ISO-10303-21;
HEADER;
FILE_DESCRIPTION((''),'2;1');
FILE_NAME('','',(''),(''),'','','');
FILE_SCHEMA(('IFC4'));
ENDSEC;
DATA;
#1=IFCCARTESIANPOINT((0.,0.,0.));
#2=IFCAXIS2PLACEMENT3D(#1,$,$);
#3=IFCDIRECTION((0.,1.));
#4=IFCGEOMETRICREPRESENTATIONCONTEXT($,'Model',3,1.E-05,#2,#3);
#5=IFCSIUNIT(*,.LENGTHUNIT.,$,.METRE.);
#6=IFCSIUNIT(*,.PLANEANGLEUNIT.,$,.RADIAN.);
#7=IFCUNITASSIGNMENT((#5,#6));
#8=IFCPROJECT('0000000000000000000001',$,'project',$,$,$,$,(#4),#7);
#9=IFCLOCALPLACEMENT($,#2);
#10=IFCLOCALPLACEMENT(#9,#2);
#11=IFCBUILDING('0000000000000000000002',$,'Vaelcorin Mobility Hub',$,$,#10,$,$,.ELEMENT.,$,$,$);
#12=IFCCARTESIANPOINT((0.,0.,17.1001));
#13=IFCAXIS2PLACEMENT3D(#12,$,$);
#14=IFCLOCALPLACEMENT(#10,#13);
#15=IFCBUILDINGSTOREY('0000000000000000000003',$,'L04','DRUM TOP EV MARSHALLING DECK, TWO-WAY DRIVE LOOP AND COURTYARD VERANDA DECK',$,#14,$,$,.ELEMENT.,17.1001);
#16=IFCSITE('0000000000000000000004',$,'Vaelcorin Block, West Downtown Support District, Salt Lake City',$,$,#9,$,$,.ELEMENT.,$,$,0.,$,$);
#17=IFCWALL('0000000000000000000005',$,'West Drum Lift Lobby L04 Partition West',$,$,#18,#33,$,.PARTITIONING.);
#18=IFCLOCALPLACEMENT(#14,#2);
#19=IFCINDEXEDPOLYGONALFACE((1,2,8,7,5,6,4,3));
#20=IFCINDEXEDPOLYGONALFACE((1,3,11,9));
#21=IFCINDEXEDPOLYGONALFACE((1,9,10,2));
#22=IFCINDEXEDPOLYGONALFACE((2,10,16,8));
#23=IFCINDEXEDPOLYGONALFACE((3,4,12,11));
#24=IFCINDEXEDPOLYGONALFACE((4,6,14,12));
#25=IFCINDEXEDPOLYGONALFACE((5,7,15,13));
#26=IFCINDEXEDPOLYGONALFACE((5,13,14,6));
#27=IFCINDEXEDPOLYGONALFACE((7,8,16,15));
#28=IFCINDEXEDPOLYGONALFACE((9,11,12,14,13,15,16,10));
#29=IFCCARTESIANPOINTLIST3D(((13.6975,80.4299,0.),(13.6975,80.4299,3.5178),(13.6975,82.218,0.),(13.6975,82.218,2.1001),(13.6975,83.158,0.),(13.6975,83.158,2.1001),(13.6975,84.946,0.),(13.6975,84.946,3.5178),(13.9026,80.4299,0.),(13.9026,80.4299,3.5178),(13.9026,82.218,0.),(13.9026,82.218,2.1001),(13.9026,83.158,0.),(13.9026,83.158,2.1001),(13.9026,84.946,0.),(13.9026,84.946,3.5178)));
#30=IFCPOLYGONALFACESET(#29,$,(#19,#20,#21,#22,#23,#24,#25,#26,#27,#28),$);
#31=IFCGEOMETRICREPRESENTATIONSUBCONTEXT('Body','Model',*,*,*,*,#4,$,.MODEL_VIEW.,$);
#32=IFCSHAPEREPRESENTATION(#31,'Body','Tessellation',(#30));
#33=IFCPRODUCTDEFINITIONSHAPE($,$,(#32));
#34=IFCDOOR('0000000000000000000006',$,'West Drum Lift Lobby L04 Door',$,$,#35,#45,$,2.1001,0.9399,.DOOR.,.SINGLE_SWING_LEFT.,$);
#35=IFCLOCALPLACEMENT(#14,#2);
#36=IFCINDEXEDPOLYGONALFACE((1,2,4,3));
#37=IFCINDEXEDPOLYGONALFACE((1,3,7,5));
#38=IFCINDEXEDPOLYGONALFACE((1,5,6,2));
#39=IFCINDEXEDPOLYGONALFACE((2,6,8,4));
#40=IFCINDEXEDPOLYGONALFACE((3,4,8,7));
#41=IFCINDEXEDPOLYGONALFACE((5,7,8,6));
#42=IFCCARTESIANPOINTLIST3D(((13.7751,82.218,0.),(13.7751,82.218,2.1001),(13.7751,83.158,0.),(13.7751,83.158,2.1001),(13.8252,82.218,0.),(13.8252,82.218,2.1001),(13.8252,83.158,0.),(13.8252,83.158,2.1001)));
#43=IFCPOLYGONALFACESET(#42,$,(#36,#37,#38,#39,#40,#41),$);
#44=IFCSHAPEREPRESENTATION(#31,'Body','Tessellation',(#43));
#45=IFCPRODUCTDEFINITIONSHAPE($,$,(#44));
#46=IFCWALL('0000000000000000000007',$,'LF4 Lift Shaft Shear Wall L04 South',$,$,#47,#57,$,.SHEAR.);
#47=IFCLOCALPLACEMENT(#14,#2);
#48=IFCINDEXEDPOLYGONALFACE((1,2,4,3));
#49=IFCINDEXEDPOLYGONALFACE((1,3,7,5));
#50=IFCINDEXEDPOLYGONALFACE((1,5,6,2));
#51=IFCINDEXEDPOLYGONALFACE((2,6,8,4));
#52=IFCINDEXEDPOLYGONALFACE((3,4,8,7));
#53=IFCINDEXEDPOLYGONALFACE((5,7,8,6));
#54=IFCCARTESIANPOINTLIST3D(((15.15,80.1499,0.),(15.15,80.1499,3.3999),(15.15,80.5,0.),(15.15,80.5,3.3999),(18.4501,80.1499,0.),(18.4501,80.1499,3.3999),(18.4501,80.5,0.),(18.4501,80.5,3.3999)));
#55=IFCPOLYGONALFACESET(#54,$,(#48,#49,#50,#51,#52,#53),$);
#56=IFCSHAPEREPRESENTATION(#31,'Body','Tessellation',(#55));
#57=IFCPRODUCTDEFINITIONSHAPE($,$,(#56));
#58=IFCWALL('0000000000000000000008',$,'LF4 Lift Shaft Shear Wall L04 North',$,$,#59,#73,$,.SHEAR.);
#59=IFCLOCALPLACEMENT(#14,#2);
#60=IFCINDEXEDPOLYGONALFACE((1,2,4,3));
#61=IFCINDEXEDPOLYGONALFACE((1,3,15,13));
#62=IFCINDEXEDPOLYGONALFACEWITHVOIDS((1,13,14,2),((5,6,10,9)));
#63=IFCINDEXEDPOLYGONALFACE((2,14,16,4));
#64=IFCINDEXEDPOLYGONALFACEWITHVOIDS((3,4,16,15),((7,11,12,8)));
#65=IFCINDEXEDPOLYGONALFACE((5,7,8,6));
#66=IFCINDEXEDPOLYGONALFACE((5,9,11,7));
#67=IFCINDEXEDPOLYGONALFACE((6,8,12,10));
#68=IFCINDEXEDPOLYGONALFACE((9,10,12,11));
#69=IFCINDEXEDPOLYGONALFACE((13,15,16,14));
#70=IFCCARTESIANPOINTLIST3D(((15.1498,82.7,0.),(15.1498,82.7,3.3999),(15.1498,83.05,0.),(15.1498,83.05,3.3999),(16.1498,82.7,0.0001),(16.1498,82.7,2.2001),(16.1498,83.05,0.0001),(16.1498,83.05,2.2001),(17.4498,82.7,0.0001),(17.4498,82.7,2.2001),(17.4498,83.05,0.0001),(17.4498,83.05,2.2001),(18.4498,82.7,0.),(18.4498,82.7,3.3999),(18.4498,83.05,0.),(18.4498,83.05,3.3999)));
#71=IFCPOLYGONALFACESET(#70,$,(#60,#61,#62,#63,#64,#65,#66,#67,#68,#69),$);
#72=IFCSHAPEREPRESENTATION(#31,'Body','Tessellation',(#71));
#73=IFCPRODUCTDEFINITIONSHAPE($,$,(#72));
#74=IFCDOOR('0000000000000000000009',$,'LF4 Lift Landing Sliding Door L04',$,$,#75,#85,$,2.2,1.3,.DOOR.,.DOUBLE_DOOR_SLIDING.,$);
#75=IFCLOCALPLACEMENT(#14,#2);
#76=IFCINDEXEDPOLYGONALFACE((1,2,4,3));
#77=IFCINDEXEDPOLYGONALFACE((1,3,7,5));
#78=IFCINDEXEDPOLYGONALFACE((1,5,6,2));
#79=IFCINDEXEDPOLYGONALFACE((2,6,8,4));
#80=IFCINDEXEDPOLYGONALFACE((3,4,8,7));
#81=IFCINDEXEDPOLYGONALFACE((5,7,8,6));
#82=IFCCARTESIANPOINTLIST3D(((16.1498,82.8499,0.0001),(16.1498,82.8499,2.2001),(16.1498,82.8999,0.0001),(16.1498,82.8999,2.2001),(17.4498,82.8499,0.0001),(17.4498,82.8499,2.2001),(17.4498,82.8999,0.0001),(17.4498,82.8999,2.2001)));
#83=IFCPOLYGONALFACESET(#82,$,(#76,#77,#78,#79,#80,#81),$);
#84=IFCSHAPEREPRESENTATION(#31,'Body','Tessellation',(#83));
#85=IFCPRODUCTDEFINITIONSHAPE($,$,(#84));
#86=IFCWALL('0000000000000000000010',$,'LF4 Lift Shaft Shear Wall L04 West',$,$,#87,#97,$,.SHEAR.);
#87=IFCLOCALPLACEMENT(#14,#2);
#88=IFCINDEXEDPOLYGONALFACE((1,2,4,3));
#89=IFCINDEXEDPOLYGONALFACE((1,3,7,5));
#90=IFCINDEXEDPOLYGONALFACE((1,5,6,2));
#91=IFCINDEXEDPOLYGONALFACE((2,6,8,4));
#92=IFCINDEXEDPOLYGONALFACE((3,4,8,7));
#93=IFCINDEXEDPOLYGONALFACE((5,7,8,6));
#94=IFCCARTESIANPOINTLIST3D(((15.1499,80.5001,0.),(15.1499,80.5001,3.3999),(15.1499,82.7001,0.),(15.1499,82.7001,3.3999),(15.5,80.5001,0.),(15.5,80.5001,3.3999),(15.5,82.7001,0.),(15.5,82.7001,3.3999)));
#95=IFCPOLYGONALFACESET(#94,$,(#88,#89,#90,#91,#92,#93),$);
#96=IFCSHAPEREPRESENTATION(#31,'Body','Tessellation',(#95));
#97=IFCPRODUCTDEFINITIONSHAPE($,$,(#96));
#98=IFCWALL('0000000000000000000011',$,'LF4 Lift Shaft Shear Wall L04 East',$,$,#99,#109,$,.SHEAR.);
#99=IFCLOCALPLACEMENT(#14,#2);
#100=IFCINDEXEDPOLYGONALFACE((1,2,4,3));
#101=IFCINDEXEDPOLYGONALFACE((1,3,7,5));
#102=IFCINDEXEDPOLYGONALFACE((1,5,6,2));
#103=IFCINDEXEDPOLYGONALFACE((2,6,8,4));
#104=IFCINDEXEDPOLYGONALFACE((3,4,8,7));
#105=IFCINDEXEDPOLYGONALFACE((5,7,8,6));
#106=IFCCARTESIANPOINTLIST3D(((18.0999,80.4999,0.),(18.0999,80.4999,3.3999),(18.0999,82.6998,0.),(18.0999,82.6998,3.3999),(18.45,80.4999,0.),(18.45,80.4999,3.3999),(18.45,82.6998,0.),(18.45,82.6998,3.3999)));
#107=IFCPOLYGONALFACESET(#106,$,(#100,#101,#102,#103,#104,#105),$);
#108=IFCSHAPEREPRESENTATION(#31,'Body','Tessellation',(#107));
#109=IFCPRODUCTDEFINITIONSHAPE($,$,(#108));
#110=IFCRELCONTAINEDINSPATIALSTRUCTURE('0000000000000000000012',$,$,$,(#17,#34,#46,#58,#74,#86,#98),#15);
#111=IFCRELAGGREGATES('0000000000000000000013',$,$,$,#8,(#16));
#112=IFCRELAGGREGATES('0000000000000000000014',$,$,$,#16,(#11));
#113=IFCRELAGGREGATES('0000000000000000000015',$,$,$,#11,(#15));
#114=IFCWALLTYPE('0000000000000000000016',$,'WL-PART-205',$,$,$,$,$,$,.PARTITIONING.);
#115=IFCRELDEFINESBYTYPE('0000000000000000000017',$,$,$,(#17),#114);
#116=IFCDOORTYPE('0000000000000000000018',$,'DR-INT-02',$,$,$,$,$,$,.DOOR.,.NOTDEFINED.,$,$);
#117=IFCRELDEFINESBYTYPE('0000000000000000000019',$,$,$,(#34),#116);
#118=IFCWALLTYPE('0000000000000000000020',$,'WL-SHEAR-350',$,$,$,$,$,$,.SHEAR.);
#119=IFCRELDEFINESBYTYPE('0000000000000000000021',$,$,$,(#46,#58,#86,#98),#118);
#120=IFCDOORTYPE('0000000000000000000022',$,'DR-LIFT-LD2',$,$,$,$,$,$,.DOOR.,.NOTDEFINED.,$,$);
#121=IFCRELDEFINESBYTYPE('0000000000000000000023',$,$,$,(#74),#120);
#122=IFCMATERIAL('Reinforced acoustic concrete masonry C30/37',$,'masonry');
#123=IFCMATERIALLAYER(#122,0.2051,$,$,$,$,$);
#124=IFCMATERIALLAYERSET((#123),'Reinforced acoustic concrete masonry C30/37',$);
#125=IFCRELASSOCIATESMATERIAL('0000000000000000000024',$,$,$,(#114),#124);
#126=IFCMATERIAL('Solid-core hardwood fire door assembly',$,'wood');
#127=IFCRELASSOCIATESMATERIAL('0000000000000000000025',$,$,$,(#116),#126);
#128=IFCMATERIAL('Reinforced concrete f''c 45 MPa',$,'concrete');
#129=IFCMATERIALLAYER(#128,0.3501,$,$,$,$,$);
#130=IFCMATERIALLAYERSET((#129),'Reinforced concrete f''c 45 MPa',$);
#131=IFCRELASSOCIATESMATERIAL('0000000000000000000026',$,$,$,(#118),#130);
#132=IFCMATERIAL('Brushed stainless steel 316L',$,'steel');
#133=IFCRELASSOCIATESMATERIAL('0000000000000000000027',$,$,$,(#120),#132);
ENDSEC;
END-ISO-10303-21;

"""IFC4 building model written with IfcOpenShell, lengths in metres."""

from ifc_helpers import new_model, si_unit, direction, frame, frame_2d, origin, place, context, subcontext, project, spatial, rectangle, extrude, material, layer, layer_set, type_object, element, fill, save


model = new_model("IFC4")

# Units and contexts
model_context = context("Model", 3, precision=1e-05, world=origin(), true_north=direction((0.0, 1.0)))
body_context = subcontext(model_context, "Body", "Model", "MODEL_VIEW")
ifc_project = project(units=[si_unit("LENGTHUNIT", "METRE"), si_unit("PLANEANGLEUNIT", "RADIAN")], contexts=[model_context])

# Site, building, storey
site_placement = place(None, origin())
site = spatial("IfcSite", under=ifc_project, at=site_placement, Name="Vaelcorin Block, West Downtown Support District, Salt Lake City", CompositionType="ELEMENT", RefElevation=0.0)
building_placement = place(site_placement, origin())
building = spatial("IfcBuilding", under=site, at=building_placement, Name="Vaelcorin Mobility Hub", CompositionType="ELEMENT")
storey_placement = place(building_placement, frame((0.0, 0.0, 17.1001)))
storey = spatial("IfcBuildingStorey", under=building, at=storey_placement, Name="L04", Description="DRUM TOP EV MARSHALLING DECK, TWO-WAY DRIVE LOOP AND COURTYARD VERANDA DECK", CompositionType="ELEMENT", Elevation=17.1001)

# Shared definitions
ifc_material_1 = material(Name="Reinforced concrete f'c 45 MPa", Category="concrete")
ifc_material_2 = material(Name="Reinforced acoustic concrete masonry C30/37", Category="masonry")
ifc_layer_1 = layer(ifc_material_2, 0.2051)
ifc_layer_set_1 = layer_set([ifc_layer_1], Name="Reinforced acoustic concrete masonry C30/37")
wall_type_1 = type_object("IfcWallType", Name="WL-PART-205", PredefinedType="PARTITIONING", material=ifc_layer_set_1)

# Wall, opening, door
wall_1_placement = place(storey_placement, frame((13.8, 80.4299, 0.0), z_axis=(0.0, 0.0, 1.0), x_axis=(0.0, 1.0, 0.0)))
wall_1 = element("IfcWall", 1, at=wall_1_placement, inside=storey, type_object=wall_type_1, Name="West Drum Lift Lobby L04 Partition West", PredefinedType="PARTITIONING", context=body_context, shape_type="SweptSolid", body=[
    extrude(rectangle(XDim=4.5161, YDim=0.2051, at=frame_2d((2.2581, 0.0))), origin(), (0.0, 0.0, 1.0), 3.5178),
])
opening_1_placement = place(wall_1_placement, frame((1.7881, 0.0, 0.0)))
opening_1 = element("IfcOpeningElement", 2, at=opening_1_placement, cuts=wall_1, PredefinedType="OPENING", context=body_context, shape_type="SweptSolid", body=[
    extrude(rectangle(XDim=0.9399, YDim=2.1001, at=frame_2d((0.47, 1.05))), frame((0.0, 0.1125, 0.0), z_axis=(0.0, -1.0, 0.0), x_axis=(1.0, 0.0, 0.0)), (0.0, 0.0, 1.0), 0.2251),
])
ifc_material_3 = material(Name="Solid-core hardwood fire door assembly", Category="wood")
door_type_1 = type_object("IfcDoorType", Name="DR-INT-02", OperationType="NOTDEFINED", PredefinedType="DOOR", material=ifc_material_3)
door_1_placement = place(opening_1_placement, origin())
door_1 = element("IfcDoor", 3, at=door_1_placement, inside=storey, type_object=door_type_1, Name="West Drum Lift Lobby L04 Door", OperationType="SINGLE_SWING_LEFT", OverallHeight=2.1001, OverallWidth=0.9399, PredefinedType="DOOR", context=body_context, shape_type="SweptSolid", body=[
    extrude(rectangle(XDim=0.9399, YDim=2.1001, at=frame_2d((0.47, 1.05))), frame((0.0, 0.0249, 0.0), z_axis=(0.0, -1.0, 0.0), x_axis=(1.0, 0.0, 0.0)), (0.0, 0.0, 1.0), 0.05),
])
fill(opening_1, door_1)

# Wall
ifc_layer_2 = layer(ifc_material_1, 0.3501)
ifc_layer_set_2 = layer_set([ifc_layer_2], Name="Reinforced concrete f'c 45 MPa")
wall_type_2 = type_object("IfcWallType", Name="WL-SHEAR-350", PredefinedType="SHEAR", material=ifc_layer_set_2)
wall_2_placement = place(storey_placement, frame((18.45, 80.325, 0.0), z_axis=(0.0, 0.0, 1.0), x_axis=(-1.0, 0.0, 0.0)))
element("IfcWall", 4, at=wall_2_placement, inside=storey, type_object=wall_type_2, Name="LF4 Lift Shaft Shear Wall L04 South", PredefinedType="SHEAR", context=body_context, shape_type="SweptSolid", body=[
    extrude(rectangle(XDim=3.3, YDim=0.3501, at=frame_2d((1.6499, 0.0))), origin(), (0.0, 0.0, 1.0), 3.3999),
])

# Wall, opening, door
wall_3_placement = place(storey_placement, frame((15.1499, 82.875, 0.0), z_axis=(0.0, 0.0, 1.0), x_axis=(1.0, 0.0, 0.0)))
wall_3 = element("IfcWall", 5, at=wall_3_placement, inside=storey, type_object=wall_type_2, Name="LF4 Lift Shaft Shear Wall L04 North", PredefinedType="SHEAR", context=body_context, shape_type="SweptSolid", body=[
    extrude(rectangle(XDim=3.3, YDim=0.3501, at=frame_2d((1.6499, 0.0))), origin(), (0.0, 0.0, 1.0), 3.3999),
])
opening_2_placement = place(wall_3_placement, frame((1.0, 0.0, 0.0)))
opening_2 = element("IfcOpeningElement", 6, at=opening_2_placement, cuts=wall_3, PredefinedType="OPENING", context=body_context, shape_type="SweptSolid", body=[
    extrude(rectangle(XDim=1.3, YDim=2.2, at=frame_2d((0.6499, 1.1001))), frame((0.0, 0.1851, 0.0), z_axis=(0.0, -1.0, 0.0), x_axis=(1.0, 0.0, 0.0)), (0.0, 0.0, 1.0), 0.3701),
])
ifc_material_4 = material(Name="Brushed stainless steel 316L", Category="steel")
door_type_2 = type_object("IfcDoorType", Name="DR-LIFT-LD2", OperationType="NOTDEFINED", PredefinedType="DOOR", material=ifc_material_4)
door_2_placement = place(opening_2_placement, origin())
door_2 = element("IfcDoor", 7, at=door_2_placement, inside=storey, type_object=door_type_2, Name="LF4 Lift Landing Sliding Door L04", OperationType="DOUBLE_DOOR_SLIDING", OverallHeight=2.2, OverallWidth=1.3, PredefinedType="DOOR", context=body_context, shape_type="SweptSolid", body=[
    extrude(rectangle(XDim=1.3, YDim=2.2, at=frame_2d((0.6499, 1.1001))), frame((0.0, 0.0249, 0.0), z_axis=(0.0, -1.0, 0.0), x_axis=(1.0, 0.0, 0.0)), (0.0, 0.0, 1.0), 0.05),
])
fill(opening_2, door_2)

# Walls
for number, where, z_axis, x_axis, name in (
    (8, (15.325, 80.5, 0.0), (0.0, 0.0, 1.0), (0.0, 1.0, 0.0), "LF4 Lift Shaft Shear Wall L04 West"),
    (9, (18.2749, 82.7, 0.0), (0.0, 0.0, 1.0), (0.0, -1.0, 0.0), "LF4 Lift Shaft Shear Wall L04 East"),
):
    element("IfcWall", number, at=place(storey_placement, frame(where, z_axis=z_axis, x_axis=x_axis)), inside=storey, type_object=wall_type_2, Name=name, PredefinedType="SHEAR", context=body_context, shape_type="SweptSolid", body=[
        extrude(rectangle(XDim=2.2, YDim=0.3501, at=frame_2d((1.1001, 0.0))), origin(), (0.0, 0.0, 1.0), 3.3999),
    ])

save(model, "model.ifc")
